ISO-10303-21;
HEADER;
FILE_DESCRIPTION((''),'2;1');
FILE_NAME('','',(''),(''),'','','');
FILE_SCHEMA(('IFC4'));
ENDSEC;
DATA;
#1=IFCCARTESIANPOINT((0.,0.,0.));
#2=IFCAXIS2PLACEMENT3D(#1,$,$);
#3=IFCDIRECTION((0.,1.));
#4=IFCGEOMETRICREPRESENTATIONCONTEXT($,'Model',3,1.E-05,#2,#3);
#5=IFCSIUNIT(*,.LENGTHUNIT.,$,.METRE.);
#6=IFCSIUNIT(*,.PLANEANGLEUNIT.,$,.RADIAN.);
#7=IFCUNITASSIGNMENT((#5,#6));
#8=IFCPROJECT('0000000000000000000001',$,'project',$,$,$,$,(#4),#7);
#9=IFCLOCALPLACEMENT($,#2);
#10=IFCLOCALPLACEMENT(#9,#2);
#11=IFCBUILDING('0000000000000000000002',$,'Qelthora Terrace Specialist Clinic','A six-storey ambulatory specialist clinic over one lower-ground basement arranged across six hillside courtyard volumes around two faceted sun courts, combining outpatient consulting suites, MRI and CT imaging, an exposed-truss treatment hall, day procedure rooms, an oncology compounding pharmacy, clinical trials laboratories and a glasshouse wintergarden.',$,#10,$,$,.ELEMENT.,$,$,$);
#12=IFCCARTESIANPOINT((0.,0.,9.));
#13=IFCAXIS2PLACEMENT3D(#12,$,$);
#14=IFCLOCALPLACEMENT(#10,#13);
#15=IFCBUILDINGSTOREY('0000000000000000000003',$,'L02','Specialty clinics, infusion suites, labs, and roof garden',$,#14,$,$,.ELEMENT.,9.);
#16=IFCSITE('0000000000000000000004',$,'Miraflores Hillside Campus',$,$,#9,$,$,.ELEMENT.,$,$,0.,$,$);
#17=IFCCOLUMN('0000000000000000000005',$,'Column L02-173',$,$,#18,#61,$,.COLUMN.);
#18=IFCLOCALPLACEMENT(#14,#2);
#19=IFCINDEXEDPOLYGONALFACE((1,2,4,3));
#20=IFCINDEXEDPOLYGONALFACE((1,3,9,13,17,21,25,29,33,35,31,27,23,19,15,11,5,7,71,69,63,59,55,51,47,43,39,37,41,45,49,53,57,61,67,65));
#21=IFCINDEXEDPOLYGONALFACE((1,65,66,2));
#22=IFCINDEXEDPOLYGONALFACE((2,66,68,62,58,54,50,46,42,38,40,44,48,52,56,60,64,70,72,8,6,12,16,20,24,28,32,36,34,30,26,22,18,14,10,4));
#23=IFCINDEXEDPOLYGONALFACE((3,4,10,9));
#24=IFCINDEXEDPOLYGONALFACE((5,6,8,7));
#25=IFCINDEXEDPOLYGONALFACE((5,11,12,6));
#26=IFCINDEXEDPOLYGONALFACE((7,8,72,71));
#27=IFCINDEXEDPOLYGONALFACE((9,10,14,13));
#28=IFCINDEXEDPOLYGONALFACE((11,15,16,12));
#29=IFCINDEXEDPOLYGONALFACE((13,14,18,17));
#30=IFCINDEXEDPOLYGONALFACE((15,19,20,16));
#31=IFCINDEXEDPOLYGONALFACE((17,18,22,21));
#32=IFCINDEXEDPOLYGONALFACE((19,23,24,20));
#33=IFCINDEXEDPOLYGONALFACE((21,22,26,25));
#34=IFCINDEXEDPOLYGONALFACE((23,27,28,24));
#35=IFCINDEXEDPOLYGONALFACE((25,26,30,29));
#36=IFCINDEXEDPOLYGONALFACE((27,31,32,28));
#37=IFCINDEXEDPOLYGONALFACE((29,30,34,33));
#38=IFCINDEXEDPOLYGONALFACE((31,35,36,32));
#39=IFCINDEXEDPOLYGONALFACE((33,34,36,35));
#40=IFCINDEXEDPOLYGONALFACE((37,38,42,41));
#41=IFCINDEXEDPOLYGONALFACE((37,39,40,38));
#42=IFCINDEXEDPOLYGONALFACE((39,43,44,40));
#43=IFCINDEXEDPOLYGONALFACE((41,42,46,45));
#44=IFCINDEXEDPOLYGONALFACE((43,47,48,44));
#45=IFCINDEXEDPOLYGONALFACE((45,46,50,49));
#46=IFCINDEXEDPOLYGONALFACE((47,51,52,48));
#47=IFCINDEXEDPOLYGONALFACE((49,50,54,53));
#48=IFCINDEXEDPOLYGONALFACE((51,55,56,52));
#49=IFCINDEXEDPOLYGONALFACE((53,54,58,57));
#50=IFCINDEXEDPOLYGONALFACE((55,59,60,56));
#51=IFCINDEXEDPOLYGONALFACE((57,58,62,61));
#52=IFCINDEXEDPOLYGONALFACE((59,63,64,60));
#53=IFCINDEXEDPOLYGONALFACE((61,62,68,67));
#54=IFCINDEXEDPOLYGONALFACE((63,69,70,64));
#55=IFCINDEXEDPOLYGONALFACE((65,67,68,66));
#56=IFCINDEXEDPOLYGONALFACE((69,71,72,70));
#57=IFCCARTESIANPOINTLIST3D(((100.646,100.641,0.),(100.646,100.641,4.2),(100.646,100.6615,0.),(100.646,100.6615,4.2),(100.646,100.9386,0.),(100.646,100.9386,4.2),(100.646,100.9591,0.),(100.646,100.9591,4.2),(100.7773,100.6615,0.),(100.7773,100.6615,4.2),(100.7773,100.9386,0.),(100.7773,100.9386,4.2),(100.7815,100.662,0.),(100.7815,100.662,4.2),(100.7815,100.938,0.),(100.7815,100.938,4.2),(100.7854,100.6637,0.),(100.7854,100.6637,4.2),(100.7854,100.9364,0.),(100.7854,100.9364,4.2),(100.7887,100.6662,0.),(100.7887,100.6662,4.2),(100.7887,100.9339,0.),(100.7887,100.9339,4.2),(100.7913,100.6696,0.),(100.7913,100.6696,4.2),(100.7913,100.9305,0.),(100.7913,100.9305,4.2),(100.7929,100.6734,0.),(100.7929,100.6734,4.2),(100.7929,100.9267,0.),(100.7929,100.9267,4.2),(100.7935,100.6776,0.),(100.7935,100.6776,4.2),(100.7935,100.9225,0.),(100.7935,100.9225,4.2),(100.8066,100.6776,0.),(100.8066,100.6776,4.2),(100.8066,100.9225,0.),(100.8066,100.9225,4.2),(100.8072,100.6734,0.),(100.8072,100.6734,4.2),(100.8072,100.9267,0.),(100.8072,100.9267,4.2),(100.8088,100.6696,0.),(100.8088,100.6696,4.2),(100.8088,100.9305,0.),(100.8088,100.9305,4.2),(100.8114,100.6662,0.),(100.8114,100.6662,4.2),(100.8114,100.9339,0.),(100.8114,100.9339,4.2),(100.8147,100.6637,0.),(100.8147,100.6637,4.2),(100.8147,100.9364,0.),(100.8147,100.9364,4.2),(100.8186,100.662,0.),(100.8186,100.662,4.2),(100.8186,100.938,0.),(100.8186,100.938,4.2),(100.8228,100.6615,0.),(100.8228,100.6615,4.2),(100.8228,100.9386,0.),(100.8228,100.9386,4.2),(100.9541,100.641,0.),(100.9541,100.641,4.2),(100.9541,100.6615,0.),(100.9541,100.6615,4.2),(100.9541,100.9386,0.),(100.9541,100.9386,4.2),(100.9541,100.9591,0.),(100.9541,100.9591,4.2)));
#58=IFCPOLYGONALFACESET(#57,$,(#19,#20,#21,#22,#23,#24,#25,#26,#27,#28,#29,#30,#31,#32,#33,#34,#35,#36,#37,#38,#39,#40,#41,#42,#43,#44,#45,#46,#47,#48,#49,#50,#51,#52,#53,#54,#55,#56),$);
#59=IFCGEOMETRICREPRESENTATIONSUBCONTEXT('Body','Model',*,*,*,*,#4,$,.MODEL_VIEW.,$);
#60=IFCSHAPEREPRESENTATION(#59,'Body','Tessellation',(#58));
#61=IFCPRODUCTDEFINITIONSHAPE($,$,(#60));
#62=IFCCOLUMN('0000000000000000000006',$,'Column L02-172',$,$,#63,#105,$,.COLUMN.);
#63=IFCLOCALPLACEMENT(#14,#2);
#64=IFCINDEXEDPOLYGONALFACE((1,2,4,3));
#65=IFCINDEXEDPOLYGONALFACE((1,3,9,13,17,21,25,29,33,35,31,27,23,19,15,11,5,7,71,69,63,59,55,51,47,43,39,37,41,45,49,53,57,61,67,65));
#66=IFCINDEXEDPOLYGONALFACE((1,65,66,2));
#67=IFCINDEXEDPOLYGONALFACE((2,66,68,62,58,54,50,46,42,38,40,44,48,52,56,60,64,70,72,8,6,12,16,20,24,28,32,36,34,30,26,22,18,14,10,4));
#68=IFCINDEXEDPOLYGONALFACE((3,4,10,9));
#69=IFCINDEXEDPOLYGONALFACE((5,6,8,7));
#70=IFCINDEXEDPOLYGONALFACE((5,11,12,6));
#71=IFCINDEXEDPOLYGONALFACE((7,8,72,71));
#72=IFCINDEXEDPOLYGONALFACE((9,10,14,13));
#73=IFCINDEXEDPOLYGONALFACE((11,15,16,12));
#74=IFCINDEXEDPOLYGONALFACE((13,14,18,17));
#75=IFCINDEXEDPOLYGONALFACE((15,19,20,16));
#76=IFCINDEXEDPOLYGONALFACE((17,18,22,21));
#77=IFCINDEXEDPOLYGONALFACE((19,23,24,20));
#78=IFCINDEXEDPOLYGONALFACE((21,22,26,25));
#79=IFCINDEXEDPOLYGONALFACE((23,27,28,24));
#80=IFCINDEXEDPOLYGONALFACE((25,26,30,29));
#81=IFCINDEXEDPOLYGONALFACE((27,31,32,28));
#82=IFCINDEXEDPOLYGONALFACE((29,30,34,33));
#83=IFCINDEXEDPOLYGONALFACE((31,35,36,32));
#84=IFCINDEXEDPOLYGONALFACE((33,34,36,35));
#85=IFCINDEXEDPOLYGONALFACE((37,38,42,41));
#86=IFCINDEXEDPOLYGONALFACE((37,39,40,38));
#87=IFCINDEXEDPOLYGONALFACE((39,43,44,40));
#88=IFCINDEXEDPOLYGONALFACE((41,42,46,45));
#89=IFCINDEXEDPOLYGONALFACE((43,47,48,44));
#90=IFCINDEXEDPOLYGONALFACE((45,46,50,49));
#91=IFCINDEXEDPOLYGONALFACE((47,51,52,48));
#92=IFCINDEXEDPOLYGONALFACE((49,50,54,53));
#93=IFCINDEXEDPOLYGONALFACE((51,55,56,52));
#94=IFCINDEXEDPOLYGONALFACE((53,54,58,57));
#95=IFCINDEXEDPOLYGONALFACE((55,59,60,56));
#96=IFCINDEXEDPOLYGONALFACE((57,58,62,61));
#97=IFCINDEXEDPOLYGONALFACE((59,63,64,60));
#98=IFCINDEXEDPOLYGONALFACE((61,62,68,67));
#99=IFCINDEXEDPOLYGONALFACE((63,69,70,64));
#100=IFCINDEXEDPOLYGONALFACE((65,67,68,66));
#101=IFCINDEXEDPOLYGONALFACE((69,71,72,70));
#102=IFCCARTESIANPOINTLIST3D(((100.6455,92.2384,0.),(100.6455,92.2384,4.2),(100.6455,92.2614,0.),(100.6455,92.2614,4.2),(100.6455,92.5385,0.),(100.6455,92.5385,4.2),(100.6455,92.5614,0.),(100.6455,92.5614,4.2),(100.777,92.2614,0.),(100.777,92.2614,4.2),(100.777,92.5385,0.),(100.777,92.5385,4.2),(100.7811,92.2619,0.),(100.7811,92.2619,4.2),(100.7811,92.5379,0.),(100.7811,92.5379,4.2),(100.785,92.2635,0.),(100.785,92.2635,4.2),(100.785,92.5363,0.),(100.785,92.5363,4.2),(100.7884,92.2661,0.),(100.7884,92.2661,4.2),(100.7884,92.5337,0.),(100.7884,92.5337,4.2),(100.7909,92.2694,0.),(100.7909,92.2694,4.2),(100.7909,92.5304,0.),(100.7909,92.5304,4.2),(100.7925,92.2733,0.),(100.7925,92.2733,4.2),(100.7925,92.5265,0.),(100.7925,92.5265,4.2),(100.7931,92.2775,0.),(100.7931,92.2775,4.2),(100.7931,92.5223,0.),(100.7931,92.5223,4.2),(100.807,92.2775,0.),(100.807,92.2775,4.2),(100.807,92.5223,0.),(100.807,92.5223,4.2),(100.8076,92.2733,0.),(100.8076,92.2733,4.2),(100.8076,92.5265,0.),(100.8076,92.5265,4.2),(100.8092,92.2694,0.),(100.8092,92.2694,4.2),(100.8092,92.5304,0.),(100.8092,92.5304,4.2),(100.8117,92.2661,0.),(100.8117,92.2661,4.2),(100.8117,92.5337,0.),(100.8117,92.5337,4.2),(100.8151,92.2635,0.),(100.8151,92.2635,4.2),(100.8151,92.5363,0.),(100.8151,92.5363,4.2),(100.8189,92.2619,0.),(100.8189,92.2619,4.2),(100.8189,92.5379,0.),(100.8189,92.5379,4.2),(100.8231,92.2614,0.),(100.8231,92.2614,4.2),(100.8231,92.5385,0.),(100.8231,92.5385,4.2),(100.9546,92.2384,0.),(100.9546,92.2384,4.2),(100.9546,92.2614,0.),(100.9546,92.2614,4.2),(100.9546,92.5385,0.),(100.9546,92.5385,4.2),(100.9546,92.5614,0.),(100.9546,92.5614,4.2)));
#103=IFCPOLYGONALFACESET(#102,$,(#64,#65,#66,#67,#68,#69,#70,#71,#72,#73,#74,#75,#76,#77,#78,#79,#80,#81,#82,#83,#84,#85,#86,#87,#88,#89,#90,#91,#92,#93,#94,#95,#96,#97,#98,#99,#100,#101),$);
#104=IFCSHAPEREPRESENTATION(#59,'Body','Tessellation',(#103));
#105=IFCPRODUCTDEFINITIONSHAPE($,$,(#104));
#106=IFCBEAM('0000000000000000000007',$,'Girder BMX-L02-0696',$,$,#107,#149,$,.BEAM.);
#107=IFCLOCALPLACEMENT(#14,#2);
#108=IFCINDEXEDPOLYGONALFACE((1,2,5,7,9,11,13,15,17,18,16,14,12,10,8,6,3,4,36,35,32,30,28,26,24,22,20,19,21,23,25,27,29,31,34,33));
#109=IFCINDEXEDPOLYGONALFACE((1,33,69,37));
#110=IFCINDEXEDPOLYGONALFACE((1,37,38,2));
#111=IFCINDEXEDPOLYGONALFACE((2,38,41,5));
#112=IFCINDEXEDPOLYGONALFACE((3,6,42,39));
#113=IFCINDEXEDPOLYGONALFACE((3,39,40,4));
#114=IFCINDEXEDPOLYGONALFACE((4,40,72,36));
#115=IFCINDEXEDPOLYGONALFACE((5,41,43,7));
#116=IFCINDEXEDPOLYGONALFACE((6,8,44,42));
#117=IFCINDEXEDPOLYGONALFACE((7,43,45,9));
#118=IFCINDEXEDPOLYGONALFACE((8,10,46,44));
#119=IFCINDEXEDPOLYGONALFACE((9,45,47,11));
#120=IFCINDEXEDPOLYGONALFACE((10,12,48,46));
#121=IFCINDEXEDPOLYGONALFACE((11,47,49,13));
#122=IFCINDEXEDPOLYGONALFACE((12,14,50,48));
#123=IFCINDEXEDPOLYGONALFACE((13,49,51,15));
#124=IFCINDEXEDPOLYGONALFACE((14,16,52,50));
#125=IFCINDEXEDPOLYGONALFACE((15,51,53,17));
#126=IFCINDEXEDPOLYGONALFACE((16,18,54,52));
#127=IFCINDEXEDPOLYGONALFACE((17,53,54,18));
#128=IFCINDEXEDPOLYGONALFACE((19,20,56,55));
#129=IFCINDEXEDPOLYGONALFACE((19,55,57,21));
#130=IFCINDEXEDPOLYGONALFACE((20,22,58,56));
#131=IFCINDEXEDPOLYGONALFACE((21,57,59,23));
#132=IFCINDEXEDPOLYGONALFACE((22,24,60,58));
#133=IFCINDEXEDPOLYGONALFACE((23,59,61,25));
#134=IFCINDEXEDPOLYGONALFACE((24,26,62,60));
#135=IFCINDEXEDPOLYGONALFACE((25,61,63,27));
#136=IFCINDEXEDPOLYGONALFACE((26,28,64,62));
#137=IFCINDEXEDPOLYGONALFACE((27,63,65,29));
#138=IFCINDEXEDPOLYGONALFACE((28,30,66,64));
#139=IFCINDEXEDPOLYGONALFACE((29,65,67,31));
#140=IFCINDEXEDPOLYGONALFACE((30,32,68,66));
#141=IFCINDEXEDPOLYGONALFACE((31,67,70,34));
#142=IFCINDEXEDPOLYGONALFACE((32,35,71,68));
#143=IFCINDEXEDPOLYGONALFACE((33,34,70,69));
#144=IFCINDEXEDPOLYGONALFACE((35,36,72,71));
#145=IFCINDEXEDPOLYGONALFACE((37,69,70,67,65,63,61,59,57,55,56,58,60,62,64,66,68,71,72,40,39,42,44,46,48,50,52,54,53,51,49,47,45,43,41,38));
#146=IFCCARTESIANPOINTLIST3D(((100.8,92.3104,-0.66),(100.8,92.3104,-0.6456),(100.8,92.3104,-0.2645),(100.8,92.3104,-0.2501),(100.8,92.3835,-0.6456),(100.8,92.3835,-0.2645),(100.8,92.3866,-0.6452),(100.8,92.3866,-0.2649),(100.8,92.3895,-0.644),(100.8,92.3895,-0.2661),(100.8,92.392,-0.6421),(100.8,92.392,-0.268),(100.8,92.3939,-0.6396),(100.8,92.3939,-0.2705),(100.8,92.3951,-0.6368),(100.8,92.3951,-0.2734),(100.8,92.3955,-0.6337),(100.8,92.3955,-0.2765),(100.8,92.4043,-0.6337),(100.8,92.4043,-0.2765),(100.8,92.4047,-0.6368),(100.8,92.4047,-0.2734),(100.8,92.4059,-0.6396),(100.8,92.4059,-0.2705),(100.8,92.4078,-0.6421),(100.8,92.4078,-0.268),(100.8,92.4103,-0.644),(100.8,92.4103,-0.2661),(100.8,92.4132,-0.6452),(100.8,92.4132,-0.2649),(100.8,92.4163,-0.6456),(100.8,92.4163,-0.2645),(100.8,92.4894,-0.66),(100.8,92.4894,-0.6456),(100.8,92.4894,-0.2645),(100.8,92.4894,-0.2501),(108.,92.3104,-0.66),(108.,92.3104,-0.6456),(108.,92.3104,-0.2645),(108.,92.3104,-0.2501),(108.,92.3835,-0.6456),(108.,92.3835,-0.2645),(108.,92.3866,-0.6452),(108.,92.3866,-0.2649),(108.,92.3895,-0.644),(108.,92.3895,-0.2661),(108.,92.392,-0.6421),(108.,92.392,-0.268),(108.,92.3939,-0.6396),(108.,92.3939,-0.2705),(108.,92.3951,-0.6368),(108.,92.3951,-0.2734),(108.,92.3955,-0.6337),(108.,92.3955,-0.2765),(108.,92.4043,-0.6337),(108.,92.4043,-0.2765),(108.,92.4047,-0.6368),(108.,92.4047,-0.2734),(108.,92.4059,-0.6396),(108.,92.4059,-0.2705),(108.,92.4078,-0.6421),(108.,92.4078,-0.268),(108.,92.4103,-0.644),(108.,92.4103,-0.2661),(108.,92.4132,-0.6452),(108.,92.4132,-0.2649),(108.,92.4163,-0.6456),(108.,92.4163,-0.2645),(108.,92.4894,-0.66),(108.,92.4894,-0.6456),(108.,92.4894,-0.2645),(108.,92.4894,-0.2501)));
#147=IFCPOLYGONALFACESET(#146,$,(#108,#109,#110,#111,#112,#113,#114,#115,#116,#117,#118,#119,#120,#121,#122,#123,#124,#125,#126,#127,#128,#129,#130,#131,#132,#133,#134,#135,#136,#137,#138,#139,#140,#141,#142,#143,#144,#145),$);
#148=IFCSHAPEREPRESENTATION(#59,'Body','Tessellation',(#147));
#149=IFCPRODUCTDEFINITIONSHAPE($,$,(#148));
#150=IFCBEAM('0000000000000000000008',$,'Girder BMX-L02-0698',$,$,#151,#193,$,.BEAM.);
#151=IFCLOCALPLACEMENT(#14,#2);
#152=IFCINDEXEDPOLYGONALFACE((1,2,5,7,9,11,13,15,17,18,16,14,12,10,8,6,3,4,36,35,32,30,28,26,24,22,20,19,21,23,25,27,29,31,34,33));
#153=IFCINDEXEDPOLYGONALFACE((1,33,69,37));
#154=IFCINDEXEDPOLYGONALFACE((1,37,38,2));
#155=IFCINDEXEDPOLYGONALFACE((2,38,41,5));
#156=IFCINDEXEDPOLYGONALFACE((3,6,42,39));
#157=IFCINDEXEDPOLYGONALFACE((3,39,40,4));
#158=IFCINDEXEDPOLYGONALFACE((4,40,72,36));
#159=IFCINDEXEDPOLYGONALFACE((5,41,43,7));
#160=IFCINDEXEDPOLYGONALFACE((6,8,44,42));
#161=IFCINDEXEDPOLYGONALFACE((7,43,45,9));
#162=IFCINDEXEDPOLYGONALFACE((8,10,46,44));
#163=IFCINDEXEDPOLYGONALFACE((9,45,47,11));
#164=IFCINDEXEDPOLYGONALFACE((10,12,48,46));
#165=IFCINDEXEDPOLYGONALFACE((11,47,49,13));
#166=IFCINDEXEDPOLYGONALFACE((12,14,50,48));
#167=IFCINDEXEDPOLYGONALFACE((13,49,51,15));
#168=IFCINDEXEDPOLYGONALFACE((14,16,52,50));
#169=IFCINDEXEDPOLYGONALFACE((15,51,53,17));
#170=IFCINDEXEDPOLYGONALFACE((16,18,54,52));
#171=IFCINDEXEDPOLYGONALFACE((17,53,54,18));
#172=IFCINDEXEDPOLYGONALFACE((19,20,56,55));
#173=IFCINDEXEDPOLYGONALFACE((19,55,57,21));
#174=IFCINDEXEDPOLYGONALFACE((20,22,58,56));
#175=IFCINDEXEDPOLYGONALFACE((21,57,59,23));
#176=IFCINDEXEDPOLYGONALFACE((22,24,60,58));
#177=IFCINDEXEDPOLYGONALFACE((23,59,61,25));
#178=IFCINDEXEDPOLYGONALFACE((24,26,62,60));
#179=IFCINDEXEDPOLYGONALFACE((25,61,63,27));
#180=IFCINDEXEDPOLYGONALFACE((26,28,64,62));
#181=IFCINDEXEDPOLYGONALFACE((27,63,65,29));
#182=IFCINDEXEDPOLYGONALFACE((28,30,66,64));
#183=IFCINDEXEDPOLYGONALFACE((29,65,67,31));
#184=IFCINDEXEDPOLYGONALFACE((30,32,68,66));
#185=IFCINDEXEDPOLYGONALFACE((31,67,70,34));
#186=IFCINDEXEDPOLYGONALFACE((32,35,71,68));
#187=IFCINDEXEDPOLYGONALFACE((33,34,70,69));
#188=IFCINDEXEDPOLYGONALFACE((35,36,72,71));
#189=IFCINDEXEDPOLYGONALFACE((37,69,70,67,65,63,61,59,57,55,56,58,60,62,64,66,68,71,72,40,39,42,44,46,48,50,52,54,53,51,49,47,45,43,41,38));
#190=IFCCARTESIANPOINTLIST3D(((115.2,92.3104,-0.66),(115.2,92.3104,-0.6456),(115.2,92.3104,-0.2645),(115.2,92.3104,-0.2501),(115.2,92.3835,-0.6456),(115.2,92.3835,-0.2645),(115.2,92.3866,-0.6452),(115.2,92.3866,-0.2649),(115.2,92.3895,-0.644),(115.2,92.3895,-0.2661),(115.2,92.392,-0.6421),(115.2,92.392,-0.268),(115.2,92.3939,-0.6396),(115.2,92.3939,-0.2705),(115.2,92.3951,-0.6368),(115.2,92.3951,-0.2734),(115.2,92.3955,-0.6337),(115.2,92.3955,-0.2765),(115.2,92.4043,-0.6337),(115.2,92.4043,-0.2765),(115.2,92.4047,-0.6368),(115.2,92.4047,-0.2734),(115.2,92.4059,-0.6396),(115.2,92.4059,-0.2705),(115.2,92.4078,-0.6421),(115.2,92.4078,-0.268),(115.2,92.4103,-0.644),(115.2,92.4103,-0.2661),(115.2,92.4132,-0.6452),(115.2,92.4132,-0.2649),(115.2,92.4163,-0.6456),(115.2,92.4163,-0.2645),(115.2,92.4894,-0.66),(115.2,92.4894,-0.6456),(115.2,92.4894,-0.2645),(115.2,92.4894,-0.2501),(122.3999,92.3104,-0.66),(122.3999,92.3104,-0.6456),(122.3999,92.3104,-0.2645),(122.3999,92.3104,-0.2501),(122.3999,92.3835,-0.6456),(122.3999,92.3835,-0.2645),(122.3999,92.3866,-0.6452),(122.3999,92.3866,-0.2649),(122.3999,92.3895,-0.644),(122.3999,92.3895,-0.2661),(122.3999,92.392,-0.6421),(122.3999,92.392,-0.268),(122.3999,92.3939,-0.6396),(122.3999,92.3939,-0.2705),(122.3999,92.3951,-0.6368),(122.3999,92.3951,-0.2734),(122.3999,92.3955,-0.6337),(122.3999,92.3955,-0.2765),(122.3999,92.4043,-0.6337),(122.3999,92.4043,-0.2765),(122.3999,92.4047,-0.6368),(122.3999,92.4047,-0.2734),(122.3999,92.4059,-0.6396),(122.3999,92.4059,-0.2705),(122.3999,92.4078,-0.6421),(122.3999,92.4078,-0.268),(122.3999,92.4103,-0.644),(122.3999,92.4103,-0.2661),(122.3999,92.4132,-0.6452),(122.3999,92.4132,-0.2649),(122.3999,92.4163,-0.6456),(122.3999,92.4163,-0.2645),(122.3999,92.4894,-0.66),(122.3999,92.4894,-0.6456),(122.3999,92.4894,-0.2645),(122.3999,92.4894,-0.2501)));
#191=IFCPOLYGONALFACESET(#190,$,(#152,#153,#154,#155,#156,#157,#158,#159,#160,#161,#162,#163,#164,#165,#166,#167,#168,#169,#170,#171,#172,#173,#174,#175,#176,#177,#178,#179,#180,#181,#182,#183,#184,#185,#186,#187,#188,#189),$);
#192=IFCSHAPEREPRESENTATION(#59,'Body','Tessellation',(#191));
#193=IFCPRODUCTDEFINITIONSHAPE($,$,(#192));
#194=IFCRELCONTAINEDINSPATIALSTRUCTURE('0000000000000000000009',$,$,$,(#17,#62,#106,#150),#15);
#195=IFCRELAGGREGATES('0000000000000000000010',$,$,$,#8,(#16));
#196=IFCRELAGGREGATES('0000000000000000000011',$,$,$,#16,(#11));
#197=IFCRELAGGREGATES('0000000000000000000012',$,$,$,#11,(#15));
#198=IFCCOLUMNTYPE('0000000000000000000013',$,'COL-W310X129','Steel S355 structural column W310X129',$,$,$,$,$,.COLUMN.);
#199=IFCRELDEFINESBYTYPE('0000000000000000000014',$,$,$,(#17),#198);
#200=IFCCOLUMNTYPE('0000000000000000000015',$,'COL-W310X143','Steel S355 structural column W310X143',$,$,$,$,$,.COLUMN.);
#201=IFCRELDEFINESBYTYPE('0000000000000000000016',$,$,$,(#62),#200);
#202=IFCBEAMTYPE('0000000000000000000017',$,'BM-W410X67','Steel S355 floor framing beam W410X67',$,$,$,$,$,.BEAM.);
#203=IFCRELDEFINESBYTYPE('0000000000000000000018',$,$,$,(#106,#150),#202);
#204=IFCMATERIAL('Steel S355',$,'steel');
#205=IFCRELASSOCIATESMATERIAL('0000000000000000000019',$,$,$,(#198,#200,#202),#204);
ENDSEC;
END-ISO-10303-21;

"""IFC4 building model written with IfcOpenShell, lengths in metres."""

from ifc_helpers import new_model, si_unit, direction, frame, origin, origin_2d, place, context, subcontext, project, spatial, i_section, extrude, material, material_profile, profile_set, type_object, element, save


model = new_model("IFC4")

# Units and contexts
model_context = context("Model", 3, precision=1e-05, world=origin(), true_north=direction((0.0, 1.0)))
body_context = subcontext(model_context, "Body", "Model", "MODEL_VIEW")
ifc_project = project(units=[si_unit("LENGTHUNIT", "METRE"), si_unit("PLANEANGLEUNIT", "RADIAN")], contexts=[model_context])

# Site, building, storey
site_placement = place(None, origin())
site = spatial("IfcSite", under=ifc_project, at=site_placement, Name="Miraflores Hillside Campus", CompositionType="ELEMENT", RefElevation=0.0)
building_placement = place(site_placement, origin())
building = spatial("IfcBuilding", under=site, at=building_placement, Name="Qelthora Terrace Specialist Clinic", Description="A six-storey ambulatory specialist clinic over one lower-ground basement arranged across six hillside courtyard volumes around two faceted sun courts, combining outpatient consulting suites, MRI and CT imaging, an exposed-truss treatment hall, day procedure rooms, an oncology compounding pharmacy, clinical trials laboratories and a glasshouse wintergarden.", CompositionType="ELEMENT")
storey_placement = place(building_placement, frame((0.0, 0.0, 9.0)))
storey = spatial("IfcBuildingStorey", under=building, at=storey_placement, Name="L02", Description="Specialty clinics, infusion suites, labs, and roof garden", CompositionType="ELEMENT", Elevation=9.0)

# Columns
ifc_material_1 = material(Name="Steel S355", Category="steel")
ifc_material_profile_1 = material_profile(ifc_material_1, i_section(OverallWidth=0.3081, OverallDepth=0.3181, WebThickness=0.0132, FlangeThickness=0.0205, FilletRadius=0.0161, at=origin_2d()), Name="W310X129")
ifc_profile_set_1 = profile_set([ifc_material_profile_1], Name="Steel S355")
column_type_1 = type_object("IfcColumnType", Name="COL-W310X129", Description="Steel S355 structural column W310X129", PredefinedType="COLUMN", material=ifc_profile_set_1)
column_1_placement = place(storey_placement, frame((100.8, 100.8, 0.0), z_axis=(0.0, 0.0, 1.0), x_axis=(1.0, 0.0, 0.0)))
element("IfcColumn", 1, at=column_1_placement, inside=storey, type_object=column_type_1, Name="Column L02-173", PredefinedType="COLUMN", context=body_context, shape_type="SweptSolid", body=[
    extrude(i_section(OverallWidth=0.3081, OverallDepth=0.3181, WebThickness=0.0132, FlangeThickness=0.0205, FilletRadius=0.0161, at=origin_2d()), origin(), (0.0, 0.0, 1.0), 4.2),
])
ifc_material_profile_2 = material_profile(ifc_material_1, i_section(OverallWidth=0.3091, OverallDepth=0.323, WebThickness=0.0139, FlangeThickness=0.0229, FilletRadius=0.0161, at=origin_2d()), Name="W310X143")
ifc_profile_set_2 = profile_set([ifc_material_profile_2], Name="Steel S355")
column_type_2 = type_object("IfcColumnType", Name="COL-W310X143", Description="Steel S355 structural column W310X143", PredefinedType="COLUMN", material=ifc_profile_set_2)
column_2_placement = place(storey_placement, frame((100.8, 92.3999, 0.0), z_axis=(0.0, 0.0, 1.0), x_axis=(1.0, 0.0, 0.0)))
element("IfcColumn", 2, at=column_2_placement, inside=storey, type_object=column_type_2, Name="Column L02-172", PredefinedType="COLUMN", context=body_context, shape_type="SweptSolid", body=[
    extrude(i_section(OverallWidth=0.3091, OverallDepth=0.323, WebThickness=0.0139, FlangeThickness=0.0229, FilletRadius=0.0161, at=origin_2d()), origin(), (0.0, 0.0, 1.0), 4.2),
])

# Beams
ifc_material_profile_3 = material_profile(ifc_material_1, i_section(OverallWidth=0.179, OverallDepth=0.4099, WebThickness=0.0088, FlangeThickness=0.0144, FilletRadius=0.012, at=origin_2d()), Name="W410X67")
ifc_profile_set_3 = profile_set([ifc_material_profile_3], Name="Steel S355")
beam_type_1 = type_object("IfcBeamType", Name="BM-W410X67", Description="Steel S355 floor framing beam W410X67", PredefinedType="BEAM", material=ifc_profile_set_3)
for number, where, z_axis, x_axis, name in (
    (3, (100.8, 92.3999, -0.4551), (1.0, 0.0, 0.0), (0.0, 1.0, 0.0), "Girder BMX-L02-0696"),
    (4, (115.2, 92.3999, -0.4551), (1.0, 0.0, 0.0), (0.0, 1.0, 0.0), "Girder BMX-L02-0698"),
):
    element("IfcBeam", number, at=place(storey_placement, frame(where, z_axis=z_axis, x_axis=x_axis)), inside=storey, type_object=beam_type_1, Name=name, PredefinedType="BEAM", context=body_context, shape_type="SweptSolid", body=[
        extrude(i_section(OverallWidth=0.179, OverallDepth=0.4099, WebThickness=0.0088, FlangeThickness=0.0144, FilletRadius=0.012, at=origin_2d()), origin(), (0.0, 0.0, 1.0), 7.2),
    ])

save(model, "model.ifc")
